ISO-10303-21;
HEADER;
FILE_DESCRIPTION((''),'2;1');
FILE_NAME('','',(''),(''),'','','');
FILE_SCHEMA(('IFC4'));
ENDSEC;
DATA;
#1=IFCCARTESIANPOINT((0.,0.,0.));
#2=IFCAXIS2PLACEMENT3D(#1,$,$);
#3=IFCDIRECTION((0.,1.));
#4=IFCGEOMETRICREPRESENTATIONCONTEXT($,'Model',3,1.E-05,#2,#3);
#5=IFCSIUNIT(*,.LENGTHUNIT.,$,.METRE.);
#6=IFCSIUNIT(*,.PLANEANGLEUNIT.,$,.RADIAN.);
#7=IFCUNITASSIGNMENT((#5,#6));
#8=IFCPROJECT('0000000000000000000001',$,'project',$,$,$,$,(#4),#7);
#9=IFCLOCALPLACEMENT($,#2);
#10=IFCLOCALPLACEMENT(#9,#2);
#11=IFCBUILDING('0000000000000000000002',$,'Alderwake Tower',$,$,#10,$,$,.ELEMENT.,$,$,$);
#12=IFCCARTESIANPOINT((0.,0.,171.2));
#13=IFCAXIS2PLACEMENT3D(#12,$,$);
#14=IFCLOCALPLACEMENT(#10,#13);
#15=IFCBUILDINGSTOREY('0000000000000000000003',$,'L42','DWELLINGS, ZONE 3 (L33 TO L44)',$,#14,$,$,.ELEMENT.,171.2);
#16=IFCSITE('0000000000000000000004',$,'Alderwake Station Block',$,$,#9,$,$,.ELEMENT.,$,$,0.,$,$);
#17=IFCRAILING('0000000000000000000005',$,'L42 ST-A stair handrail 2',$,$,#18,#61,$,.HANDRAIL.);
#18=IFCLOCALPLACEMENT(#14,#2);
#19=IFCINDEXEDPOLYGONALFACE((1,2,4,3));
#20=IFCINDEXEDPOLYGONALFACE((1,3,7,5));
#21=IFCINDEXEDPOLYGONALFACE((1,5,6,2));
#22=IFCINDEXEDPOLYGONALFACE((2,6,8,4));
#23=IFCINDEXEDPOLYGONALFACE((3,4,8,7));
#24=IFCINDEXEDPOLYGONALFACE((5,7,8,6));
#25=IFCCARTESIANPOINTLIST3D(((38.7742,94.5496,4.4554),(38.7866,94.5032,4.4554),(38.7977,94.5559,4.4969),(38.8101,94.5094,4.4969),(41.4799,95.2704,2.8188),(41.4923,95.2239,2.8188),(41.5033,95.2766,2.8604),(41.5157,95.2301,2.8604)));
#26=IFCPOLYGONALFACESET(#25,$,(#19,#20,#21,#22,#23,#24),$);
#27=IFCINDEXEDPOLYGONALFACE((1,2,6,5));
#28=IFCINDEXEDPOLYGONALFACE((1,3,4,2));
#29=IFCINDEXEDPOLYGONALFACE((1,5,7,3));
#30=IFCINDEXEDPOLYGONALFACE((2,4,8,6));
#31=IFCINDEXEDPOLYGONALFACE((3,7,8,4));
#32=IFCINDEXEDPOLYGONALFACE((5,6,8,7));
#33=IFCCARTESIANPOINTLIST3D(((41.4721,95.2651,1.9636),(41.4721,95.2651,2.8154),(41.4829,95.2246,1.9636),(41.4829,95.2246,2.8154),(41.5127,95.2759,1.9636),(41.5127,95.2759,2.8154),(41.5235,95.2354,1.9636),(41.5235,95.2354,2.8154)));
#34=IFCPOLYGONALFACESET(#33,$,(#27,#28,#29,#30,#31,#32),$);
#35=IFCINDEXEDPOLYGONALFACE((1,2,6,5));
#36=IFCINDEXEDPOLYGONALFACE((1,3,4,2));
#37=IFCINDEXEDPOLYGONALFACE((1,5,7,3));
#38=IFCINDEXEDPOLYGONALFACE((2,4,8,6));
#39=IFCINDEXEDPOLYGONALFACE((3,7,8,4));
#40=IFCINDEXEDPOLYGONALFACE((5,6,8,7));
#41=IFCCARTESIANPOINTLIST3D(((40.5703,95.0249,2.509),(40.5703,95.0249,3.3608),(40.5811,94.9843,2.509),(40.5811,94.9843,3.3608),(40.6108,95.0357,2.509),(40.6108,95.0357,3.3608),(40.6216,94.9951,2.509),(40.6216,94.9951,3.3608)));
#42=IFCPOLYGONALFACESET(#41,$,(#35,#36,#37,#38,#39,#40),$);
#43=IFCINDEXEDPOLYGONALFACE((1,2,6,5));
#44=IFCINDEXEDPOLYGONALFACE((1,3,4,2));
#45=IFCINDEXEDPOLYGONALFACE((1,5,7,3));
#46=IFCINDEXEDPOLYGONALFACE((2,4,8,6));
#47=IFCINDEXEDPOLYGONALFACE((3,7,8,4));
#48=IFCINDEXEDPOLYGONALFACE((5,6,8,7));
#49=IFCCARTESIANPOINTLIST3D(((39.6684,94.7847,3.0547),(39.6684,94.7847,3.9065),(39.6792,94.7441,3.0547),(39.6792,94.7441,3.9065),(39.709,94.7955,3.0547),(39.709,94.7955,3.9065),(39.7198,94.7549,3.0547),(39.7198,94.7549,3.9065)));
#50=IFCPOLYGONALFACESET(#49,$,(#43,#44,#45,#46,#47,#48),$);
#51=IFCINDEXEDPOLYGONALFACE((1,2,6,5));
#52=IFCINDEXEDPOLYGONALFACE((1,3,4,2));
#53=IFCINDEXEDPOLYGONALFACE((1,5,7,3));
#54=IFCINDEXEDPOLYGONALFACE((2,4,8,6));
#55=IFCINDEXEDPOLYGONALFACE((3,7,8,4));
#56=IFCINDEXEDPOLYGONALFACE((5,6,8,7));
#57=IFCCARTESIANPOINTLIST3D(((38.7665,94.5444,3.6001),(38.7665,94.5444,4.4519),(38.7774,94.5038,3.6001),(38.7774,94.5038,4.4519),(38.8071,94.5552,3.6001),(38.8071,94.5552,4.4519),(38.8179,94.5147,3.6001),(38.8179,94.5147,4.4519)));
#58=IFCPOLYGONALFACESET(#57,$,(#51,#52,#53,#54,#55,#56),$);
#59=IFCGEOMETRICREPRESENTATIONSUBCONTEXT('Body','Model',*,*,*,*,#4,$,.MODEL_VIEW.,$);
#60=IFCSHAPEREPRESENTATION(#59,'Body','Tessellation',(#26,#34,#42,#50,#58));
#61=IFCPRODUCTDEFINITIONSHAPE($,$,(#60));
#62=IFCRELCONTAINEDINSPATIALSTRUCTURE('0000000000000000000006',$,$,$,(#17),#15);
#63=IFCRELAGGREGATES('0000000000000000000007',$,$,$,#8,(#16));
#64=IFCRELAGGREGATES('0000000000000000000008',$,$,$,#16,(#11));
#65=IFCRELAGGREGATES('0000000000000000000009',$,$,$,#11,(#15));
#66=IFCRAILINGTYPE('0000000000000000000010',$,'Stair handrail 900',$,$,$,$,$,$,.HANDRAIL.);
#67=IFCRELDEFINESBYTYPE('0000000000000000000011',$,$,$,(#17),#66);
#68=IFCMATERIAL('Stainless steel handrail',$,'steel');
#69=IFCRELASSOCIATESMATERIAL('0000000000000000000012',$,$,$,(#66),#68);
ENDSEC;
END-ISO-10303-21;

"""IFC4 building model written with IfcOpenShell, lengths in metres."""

from ifc_helpers import new_model, si_unit, direction, frame, origin, origin_2d, place, context, subcontext, project, spatial, rectangle, extrude, material, type_object, element, save


model = new_model("IFC4")

# Units and contexts
model_context = context("Model", 3, precision=1e-05, world=origin(), true_north=direction((0.0, 1.0)))
body_context = subcontext(model_context, "Body", "Model", "MODEL_VIEW")
ifc_project = project(units=[si_unit("LENGTHUNIT", "METRE"), si_unit("PLANEANGLEUNIT", "RADIAN")], contexts=[model_context])

# Site, building, storey
site_placement = place(None, origin())
site = spatial("IfcSite", under=ifc_project, at=site_placement, Name="Alderwake Station Block", CompositionType="ELEMENT", RefElevation=0.0)
building_placement = place(site_placement, origin())
building = spatial("IfcBuilding", under=site, at=building_placement, Name="Alderwake Tower", CompositionType="ELEMENT")
storey_placement = place(building_placement, frame((0.0, 0.0, 171.2)))
storey = spatial("IfcBuildingStorey", under=building, at=storey_placement, Name="L42", Description="DWELLINGS, ZONE 3 (L33 TO L44)", CompositionType="ELEMENT", Elevation=171.2)

# Railing
ifc_material_1 = material(Name="Stainless steel handrail", Category="steel")
railing_type_1 = type_object("IfcRailingType", Name="Stair handrail 900", PredefinedType="HANDRAIL", material=ifc_material_1)
railing_1_placement = place(storey_placement, frame((41.4978, 95.2502, 1.9636)))
element("IfcRailing", 1, at=railing_1_placement, inside=storey, type_object=railing_type_1, Name="L42 ST-A stair handrail 2", PredefinedType="HANDRAIL", context=body_context, shape_type="SweptSolid", body=[
    extrude(rectangle(XDim=0.0481, YDim=0.0481, at=origin_2d()), frame((0.0, 0.0, 0.876), z_axis=(-0.834259, -0.222228, 0.504605), x_axis=(0.257402, -0.966304, 0.0)), (0.0, 0.0, 1.0), 3.2432),
    extrude(rectangle(XDim=0.042, YDim=0.042, at=origin_2d()), frame((0.0, 0.0, 0.0), z_axis=(0.0, 0.0, 1.0), x_axis=(-0.966304, -0.257402, 0.0)), (0.0, 0.0, 1.0), 0.8518),
    extrude(rectangle(XDim=0.042, YDim=0.042, at=origin_2d()), frame((-0.9019, -0.2402, 0.5454), z_axis=(0.0, 0.0, 1.0), x_axis=(-0.966304, -0.257402, 0.0)), (0.0, 0.0, 1.0), 0.8518),
    extrude(rectangle(XDim=0.042, YDim=0.042, at=origin_2d()), frame((-1.8037, -0.4805, 1.0911), z_axis=(0.0, 0.0, 1.0), x_axis=(-0.966304, -0.257402, 0.0)), (0.0, 0.0, 1.0), 0.8518),
    extrude(rectangle(XDim=0.042, YDim=0.042, at=origin_2d()), frame((-2.7056, -0.7207, 1.6365), z_axis=(0.0, 0.0, 1.0), x_axis=(-0.966304, -0.257402, 0.0)), (0.0, 0.0, 1.0), 0.8518),
])

save(model, "model.ifc")
